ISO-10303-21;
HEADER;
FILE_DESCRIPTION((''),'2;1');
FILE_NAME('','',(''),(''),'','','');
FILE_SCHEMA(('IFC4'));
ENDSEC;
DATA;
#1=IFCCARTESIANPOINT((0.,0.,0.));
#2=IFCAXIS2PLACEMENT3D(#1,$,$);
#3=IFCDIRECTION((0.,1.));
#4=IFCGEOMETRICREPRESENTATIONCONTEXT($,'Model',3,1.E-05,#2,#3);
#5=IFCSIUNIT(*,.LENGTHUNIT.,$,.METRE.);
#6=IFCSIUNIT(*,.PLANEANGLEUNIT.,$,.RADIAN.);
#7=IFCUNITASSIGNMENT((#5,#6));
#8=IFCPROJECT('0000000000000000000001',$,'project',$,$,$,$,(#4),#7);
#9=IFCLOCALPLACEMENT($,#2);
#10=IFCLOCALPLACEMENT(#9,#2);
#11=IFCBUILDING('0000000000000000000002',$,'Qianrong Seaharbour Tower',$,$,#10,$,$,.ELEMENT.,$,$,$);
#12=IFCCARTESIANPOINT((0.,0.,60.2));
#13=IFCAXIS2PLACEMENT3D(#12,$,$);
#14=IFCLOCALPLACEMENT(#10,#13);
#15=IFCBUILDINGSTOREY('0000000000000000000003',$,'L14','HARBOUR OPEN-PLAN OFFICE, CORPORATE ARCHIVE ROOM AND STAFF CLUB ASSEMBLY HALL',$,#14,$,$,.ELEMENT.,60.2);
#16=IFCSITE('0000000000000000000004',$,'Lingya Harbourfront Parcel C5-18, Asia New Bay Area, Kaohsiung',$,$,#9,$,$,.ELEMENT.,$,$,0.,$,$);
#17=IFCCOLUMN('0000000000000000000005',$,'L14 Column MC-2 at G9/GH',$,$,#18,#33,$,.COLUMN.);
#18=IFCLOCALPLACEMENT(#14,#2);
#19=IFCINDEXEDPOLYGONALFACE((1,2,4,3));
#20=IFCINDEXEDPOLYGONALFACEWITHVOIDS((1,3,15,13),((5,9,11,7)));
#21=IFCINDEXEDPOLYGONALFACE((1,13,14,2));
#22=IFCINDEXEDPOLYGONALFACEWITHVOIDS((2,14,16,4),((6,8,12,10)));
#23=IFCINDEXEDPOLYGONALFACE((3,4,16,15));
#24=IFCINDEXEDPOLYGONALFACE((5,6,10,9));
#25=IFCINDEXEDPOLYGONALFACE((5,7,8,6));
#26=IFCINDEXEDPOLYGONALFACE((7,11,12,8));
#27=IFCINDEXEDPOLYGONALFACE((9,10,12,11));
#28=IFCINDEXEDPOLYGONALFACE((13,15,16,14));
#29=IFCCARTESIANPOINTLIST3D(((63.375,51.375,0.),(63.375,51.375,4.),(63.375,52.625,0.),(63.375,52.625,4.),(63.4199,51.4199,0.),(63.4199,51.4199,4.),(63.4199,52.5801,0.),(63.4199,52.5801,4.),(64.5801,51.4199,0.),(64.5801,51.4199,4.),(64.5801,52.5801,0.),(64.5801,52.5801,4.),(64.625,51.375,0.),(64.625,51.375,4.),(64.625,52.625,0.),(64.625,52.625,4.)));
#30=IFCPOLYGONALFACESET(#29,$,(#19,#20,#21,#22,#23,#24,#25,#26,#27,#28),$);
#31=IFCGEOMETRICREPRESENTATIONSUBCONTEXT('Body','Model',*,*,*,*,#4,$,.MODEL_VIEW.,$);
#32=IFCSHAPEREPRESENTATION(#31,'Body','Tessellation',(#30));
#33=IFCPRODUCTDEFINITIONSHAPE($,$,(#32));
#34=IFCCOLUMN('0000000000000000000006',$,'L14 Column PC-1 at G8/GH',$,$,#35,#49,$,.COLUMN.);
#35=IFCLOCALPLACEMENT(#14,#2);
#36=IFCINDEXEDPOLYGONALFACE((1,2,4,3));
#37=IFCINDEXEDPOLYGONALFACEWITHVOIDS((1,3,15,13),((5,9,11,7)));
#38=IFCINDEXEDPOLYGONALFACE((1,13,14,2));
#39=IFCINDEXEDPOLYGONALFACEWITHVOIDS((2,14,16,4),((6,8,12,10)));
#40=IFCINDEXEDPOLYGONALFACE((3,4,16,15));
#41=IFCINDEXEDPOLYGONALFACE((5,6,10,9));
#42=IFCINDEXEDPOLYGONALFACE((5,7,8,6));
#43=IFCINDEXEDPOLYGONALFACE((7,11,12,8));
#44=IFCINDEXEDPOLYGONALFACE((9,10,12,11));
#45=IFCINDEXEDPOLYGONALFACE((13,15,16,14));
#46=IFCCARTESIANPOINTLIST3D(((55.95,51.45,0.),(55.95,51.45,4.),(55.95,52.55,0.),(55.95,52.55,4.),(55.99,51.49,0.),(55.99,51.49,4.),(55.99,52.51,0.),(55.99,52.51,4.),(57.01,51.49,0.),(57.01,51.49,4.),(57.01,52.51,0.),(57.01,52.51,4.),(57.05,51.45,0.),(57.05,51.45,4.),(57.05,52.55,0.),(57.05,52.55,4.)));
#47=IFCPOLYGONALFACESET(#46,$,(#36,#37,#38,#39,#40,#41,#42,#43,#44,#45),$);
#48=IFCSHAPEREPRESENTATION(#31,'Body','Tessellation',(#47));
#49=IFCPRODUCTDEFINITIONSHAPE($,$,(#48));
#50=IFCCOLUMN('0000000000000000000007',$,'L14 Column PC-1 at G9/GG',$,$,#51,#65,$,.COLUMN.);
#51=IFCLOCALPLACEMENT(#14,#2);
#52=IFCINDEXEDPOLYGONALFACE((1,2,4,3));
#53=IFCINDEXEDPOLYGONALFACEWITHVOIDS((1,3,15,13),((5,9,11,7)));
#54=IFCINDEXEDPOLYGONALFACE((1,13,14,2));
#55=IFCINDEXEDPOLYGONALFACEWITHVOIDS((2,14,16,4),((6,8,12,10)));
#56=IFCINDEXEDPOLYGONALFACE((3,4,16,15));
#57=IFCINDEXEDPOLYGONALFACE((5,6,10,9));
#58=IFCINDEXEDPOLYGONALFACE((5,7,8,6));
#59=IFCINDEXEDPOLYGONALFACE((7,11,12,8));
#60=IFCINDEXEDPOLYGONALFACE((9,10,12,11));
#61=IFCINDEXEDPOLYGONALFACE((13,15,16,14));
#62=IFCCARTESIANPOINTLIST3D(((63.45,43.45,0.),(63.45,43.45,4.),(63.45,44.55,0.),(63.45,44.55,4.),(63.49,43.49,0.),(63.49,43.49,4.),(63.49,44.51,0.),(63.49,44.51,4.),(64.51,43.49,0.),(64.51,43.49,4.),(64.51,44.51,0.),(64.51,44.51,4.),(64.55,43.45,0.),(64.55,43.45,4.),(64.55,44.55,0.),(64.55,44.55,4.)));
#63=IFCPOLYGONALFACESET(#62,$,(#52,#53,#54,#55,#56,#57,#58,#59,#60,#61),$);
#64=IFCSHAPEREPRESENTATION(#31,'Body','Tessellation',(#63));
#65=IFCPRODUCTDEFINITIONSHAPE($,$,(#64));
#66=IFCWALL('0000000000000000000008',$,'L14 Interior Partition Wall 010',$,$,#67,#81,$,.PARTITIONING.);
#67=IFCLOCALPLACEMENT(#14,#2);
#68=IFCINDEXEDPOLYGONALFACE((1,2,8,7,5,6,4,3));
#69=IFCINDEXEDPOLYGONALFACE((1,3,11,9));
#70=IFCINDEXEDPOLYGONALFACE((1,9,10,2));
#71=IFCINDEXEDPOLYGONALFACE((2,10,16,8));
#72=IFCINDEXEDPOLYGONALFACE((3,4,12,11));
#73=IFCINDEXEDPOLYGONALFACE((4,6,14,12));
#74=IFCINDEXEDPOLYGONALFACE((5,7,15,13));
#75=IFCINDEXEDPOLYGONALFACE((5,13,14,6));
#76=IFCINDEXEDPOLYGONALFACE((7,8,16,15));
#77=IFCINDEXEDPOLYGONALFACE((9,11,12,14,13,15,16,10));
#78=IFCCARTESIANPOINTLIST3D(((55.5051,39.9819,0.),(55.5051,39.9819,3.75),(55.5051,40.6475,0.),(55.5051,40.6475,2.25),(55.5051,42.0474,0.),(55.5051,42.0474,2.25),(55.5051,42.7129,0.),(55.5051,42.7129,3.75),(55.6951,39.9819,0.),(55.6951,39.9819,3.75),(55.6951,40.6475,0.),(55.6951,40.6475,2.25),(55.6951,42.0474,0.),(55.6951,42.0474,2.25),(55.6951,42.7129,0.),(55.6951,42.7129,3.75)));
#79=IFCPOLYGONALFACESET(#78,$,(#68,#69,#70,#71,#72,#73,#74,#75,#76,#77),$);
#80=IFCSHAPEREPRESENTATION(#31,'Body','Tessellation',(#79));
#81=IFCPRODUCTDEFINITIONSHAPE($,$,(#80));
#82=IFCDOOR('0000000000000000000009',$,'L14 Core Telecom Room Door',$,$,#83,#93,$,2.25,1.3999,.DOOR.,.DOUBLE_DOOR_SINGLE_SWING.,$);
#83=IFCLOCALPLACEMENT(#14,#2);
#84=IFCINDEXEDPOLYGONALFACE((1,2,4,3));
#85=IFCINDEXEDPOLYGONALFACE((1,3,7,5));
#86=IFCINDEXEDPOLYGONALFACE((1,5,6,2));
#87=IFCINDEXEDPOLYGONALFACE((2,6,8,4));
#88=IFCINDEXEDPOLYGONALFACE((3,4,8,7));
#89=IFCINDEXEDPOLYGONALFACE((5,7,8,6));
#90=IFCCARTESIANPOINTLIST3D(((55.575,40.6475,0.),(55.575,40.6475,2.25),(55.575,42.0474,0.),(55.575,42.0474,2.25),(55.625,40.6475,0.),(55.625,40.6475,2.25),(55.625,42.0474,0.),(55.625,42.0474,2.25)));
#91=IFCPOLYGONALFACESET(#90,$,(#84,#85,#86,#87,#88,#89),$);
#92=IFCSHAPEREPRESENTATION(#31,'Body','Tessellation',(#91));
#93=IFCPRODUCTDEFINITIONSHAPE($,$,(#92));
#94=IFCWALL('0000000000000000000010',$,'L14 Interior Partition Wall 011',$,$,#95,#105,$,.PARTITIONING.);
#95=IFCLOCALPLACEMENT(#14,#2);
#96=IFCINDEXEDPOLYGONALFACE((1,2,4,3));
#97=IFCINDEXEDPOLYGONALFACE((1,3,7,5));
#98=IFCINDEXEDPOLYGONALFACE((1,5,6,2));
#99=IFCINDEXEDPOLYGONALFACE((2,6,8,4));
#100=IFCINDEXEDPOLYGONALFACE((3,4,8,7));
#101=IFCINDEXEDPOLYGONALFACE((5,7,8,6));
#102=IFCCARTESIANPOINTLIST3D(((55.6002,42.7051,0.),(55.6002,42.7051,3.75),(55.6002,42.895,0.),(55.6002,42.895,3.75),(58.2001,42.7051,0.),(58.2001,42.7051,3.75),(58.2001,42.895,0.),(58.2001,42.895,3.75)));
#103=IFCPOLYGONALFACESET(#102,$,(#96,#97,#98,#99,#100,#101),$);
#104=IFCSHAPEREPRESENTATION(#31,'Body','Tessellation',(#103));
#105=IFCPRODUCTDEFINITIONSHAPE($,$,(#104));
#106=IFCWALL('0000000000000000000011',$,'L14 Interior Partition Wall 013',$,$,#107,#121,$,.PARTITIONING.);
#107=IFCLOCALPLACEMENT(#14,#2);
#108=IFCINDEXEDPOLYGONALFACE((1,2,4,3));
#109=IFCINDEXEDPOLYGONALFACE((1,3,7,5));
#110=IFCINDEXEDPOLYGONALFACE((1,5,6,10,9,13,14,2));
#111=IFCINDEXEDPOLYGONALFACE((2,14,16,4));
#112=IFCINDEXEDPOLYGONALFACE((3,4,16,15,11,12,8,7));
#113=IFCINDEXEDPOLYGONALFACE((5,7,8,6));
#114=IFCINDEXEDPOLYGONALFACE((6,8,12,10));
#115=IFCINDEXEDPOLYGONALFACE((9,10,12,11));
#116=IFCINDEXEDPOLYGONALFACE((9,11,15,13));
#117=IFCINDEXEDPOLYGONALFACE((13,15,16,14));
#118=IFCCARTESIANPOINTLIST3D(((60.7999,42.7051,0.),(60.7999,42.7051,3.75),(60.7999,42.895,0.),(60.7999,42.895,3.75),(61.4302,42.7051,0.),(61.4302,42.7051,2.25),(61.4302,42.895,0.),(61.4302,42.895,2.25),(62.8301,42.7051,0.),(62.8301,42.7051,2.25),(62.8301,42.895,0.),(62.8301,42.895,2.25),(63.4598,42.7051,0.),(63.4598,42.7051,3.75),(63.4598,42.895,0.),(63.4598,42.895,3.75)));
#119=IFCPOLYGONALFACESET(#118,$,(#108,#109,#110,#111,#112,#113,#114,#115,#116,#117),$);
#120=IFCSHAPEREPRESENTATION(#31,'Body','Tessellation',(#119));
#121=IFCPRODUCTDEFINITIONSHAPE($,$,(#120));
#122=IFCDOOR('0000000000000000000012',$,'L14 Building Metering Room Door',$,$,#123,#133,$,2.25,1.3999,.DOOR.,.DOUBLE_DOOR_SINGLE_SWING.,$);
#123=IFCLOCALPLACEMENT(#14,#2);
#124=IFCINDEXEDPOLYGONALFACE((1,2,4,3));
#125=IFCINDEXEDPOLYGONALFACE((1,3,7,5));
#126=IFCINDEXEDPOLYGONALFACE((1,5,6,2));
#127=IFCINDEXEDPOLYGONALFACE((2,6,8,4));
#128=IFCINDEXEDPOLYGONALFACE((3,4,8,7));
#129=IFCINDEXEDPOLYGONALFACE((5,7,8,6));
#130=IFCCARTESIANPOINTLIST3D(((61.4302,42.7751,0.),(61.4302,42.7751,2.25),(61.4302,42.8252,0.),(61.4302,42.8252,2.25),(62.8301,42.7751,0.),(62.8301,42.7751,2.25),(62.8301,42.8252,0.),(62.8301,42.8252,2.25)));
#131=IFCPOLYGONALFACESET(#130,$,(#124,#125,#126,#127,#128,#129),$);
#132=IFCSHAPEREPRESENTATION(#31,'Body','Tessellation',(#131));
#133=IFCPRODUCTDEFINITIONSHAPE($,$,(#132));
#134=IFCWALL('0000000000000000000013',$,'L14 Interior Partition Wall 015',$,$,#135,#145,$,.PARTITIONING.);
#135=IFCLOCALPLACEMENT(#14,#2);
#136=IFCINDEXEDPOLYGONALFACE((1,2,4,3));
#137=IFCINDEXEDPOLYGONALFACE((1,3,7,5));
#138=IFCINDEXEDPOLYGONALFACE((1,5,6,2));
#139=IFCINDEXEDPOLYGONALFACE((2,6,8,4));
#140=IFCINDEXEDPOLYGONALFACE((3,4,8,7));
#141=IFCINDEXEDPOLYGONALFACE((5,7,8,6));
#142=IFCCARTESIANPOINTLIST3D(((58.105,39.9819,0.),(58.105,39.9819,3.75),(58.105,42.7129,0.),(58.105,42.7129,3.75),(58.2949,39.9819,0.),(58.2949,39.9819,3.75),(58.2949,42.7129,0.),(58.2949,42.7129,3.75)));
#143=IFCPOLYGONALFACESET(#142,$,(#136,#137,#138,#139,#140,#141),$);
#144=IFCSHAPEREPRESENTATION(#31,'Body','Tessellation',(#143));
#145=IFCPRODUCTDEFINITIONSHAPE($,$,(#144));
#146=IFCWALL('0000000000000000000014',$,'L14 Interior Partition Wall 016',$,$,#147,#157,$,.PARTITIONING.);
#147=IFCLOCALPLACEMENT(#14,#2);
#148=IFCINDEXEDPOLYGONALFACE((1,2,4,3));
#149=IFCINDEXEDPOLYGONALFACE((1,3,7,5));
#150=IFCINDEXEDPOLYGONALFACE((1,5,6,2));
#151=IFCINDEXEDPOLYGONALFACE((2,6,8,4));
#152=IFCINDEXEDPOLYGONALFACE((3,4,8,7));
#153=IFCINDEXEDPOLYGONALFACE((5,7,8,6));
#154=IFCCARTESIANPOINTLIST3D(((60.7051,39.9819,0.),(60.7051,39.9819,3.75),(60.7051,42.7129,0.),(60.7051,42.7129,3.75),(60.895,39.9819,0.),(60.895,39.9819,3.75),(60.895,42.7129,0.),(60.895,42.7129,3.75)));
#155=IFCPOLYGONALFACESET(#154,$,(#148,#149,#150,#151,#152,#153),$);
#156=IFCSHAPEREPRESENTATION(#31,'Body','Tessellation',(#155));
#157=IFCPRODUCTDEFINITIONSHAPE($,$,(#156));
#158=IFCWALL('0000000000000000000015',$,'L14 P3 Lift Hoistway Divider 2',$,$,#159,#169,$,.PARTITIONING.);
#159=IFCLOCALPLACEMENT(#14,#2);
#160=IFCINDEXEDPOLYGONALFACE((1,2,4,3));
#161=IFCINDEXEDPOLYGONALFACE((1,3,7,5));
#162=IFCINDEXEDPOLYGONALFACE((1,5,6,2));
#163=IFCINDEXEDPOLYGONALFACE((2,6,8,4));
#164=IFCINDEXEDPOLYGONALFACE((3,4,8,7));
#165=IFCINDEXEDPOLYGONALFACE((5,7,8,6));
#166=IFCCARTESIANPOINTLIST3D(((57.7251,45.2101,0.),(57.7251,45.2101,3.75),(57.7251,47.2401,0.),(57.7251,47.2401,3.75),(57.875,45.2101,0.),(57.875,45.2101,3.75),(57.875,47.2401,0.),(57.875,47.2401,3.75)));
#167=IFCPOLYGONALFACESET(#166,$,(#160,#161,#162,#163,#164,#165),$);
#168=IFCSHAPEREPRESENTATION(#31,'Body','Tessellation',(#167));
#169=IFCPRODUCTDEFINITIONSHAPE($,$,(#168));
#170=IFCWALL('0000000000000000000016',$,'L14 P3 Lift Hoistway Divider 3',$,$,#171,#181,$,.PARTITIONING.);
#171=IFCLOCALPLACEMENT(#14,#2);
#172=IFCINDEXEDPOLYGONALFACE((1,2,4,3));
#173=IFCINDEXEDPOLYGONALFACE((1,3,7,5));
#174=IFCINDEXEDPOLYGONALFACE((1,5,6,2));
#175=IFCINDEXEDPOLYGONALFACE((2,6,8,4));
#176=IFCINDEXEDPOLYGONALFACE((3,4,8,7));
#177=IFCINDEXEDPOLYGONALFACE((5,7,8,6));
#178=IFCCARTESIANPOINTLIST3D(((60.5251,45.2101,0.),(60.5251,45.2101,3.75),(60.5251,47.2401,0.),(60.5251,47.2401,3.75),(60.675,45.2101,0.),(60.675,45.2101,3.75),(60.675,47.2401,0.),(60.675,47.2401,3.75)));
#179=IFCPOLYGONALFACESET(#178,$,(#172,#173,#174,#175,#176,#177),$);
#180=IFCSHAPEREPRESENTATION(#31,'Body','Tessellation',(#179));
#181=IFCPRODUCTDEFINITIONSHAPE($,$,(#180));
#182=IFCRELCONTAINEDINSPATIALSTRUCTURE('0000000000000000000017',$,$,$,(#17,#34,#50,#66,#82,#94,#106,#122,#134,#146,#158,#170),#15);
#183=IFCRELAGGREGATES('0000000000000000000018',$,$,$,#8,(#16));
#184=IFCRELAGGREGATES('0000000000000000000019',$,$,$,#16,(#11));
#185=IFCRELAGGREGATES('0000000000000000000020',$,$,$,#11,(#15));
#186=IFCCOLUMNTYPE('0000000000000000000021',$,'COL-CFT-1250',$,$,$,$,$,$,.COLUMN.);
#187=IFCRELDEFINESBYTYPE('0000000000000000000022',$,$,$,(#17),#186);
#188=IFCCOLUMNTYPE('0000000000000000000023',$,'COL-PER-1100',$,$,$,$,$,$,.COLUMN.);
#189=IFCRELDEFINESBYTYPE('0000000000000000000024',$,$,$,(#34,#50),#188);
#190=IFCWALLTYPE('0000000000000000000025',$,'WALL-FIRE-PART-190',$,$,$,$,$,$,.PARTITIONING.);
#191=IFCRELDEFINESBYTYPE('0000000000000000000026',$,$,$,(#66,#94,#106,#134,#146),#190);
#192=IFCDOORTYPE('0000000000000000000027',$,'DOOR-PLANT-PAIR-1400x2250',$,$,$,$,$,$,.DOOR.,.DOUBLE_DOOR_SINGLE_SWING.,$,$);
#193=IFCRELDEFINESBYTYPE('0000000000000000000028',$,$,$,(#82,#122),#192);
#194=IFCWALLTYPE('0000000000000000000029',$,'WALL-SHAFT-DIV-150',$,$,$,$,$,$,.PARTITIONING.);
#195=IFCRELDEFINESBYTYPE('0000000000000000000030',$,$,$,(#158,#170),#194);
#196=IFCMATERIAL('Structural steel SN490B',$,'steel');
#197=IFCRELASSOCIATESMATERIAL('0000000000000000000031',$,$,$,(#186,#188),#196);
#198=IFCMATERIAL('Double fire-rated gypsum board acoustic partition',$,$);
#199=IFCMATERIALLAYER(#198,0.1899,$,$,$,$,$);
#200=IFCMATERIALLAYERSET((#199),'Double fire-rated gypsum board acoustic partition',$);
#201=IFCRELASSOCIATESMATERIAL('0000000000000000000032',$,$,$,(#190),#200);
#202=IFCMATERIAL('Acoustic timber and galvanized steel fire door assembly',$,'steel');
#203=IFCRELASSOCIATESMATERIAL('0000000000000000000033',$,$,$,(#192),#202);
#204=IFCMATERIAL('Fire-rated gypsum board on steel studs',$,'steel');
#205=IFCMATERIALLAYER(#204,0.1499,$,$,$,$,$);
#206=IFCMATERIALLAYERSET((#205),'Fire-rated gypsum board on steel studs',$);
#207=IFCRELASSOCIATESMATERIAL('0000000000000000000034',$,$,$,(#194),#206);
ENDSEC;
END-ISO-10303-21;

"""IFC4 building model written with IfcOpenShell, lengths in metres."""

from ifc_helpers import new_model, si_unit, direction, frame, frame_2d, origin, origin_2d, place, context, subcontext, project, spatial, rectangle, hollow_rectangle, extrude, material, layer, layer_set, material_profile, profile_set, type_object, element, fill, save


model = new_model("IFC4")

# Units and contexts
model_context = context("Model", 3, precision=1e-05, world=origin(), true_north=direction((0.0, 1.0)))
body_context = subcontext(model_context, "Body", "Model", "MODEL_VIEW")
ifc_project = project(units=[si_unit("LENGTHUNIT", "METRE"), si_unit("PLANEANGLEUNIT", "RADIAN")], contexts=[model_context])

# Site, building, storey
site_placement = place(None, origin())
site = spatial("IfcSite", under=ifc_project, at=site_placement, Name="Lingya Harbourfront Parcel C5-18, Asia New Bay Area, Kaohsiung", CompositionType="ELEMENT", RefElevation=0.0)
building_placement = place(site_placement, origin())
building = spatial("IfcBuilding", under=site, at=building_placement, Name="Qianrong Seaharbour Tower", CompositionType="ELEMENT")
storey_placement = place(building_placement, frame((0.0, 0.0, 60.2)))
storey = spatial("IfcBuildingStorey", under=building, at=storey_placement, Name="L14", Description="HARBOUR OPEN-PLAN OFFICE, CORPORATE ARCHIVE ROOM AND STAFF CLUB ASSEMBLY HALL", CompositionType="ELEMENT", Elevation=60.2)

# Columns
ifc_material_1 = material(Name="Structural steel SN490B", Category="steel")
ifc_material_profile_1 = material_profile(ifc_material_1, hollow_rectangle(XDim=1.25, YDim=1.25, WallThickness=0.0449, at=origin_2d()), Name="BOX1250x1250x45")
ifc_profile_set_1 = profile_set([ifc_material_profile_1], Name="Structural steel SN490B")
column_type_1 = type_object("IfcColumnType", Name="COL-CFT-1250", PredefinedType="COLUMN", material=ifc_profile_set_1)
column_placement = place(storey_placement, frame((64.0, 52.0, 0.0), z_axis=(0.0, 0.0, 1.0), x_axis=(1.0, 0.0, 0.0)))
element("IfcColumn", 1, at=column_placement, inside=storey, type_object=column_type_1, Name="L14 Column MC-2 at G9/GH", PredefinedType="COLUMN", context=body_context, shape_type="SweptSolid", body=[
    extrude(hollow_rectangle(XDim=1.25, YDim=1.25, WallThickness=0.0449, at=origin_2d()), origin(), (0.0, 0.0, 1.0), 4.0),
])
ifc_material_profile_2 = material_profile(ifc_material_1, hollow_rectangle(XDim=1.1001, YDim=1.1001, WallThickness=0.04, at=origin_2d()), Name="BOX1100x1100x40")
ifc_profile_set_2 = profile_set([ifc_material_profile_2], Name="Structural steel SN490B")
column_type_2 = type_object("IfcColumnType", Name="COL-PER-1100", PredefinedType="COLUMN", material=ifc_profile_set_2)
for number, where, z_axis, x_axis, name in (
    (2, (56.5, 52.0, 0.0), (0.0, 0.0, 1.0), (1.0, 0.0, 0.0), "L14 Column PC-1 at G8/GH"),
    (3, (64.0, 44.0, 0.0), (0.0, 0.0, 1.0), (1.0, 0.0, 0.0), "L14 Column PC-1 at G9/GG"),
):
    element("IfcColumn", number, at=place(storey_placement, frame(where, z_axis=z_axis, x_axis=x_axis)), inside=storey, type_object=column_type_2, Name=name, PredefinedType="COLUMN", context=body_context, shape_type="SweptSolid", body=[
        extrude(hollow_rectangle(XDim=1.1001, YDim=1.1001, WallThickness=0.04, at=origin_2d()), origin(), (0.0, 0.0, 1.0), 4.0),
    ])

# Wall, opening, door
ifc_material_2 = material(Name="Acoustic timber and galvanized steel fire door assembly", Category="steel")
ifc_material_3 = material(Name="Double fire-rated gypsum board acoustic partition")
ifc_layer_1 = layer(ifc_material_3, 0.1899)
ifc_layer_set_1 = layer_set([ifc_layer_1], Name="Double fire-rated gypsum board acoustic partition")
wall_type_1 = type_object("IfcWallType", Name="WALL-FIRE-PART-190", PredefinedType="PARTITIONING", material=ifc_layer_set_1)
wall_1_placement = place(storey_placement, frame((55.6001, 42.7129, 0.0), z_axis=(0.0, 0.0, 1.0), x_axis=(0.0, -1.0, 0.0)))
wall_1 = element("IfcWall", 4, at=wall_1_placement, inside=storey, type_object=wall_type_1, Name="L14 Interior Partition Wall 010", PredefinedType="PARTITIONING", context=body_context, shape_type="SweptSolid", body=[
    extrude(rectangle(XDim=2.731, YDim=0.1899, at=frame_2d((1.3655, 0.0))), origin(), (0.0, 0.0, 1.0), 3.75),
])
opening_1_placement = place(wall_1_placement, frame((0.6655, 0.0, 0.0)))
opening_1 = element("IfcOpeningElement", 5, at=opening_1_placement, cuts=wall_1, PredefinedType="OPENING", context=body_context, shape_type="SweptSolid", body=[
    extrude(rectangle(XDim=1.3999, YDim=2.25, at=frame_2d((0.7, 1.125))), frame((0.0, 0.105, 0.0), z_axis=(0.0, -1.0, 0.0), x_axis=(1.0, 0.0, 0.0)), (0.0, 0.0, 1.0), 0.21),
])
door_type_1 = type_object("IfcDoorType", Name="DOOR-PLANT-PAIR-1400x2250", OperationType="DOUBLE_DOOR_SINGLE_SWING", PredefinedType="DOOR", material=ifc_material_2)
door_1_placement = place(opening_1_placement, origin())
door_1 = element("IfcDoor", 6, at=door_1_placement, inside=storey, type_object=door_type_1, Name="L14 Core Telecom Room Door", OperationType="DOUBLE_DOOR_SINGLE_SWING", OverallHeight=2.25, OverallWidth=1.3999, PredefinedType="DOOR", context=body_context, shape_type="SweptSolid", body=[
    extrude(rectangle(XDim=1.3999, YDim=2.25, at=frame_2d((0.7, 1.125))), frame((0.0, 0.0249, 0.0), z_axis=(0.0, -1.0, 0.0), x_axis=(1.0, 0.0, 0.0)), (0.0, 0.0, 1.0), 0.05),
])
fill(opening_1, door_1)

# Wall
wall_2_placement = place(storey_placement, frame((58.2, 42.8, 0.0), z_axis=(0.0, 0.0, 1.0), x_axis=(-1.0, 0.0, 0.0)))
element("IfcWall", 7, at=wall_2_placement, inside=storey, type_object=wall_type_1, Name="L14 Interior Partition Wall 011", PredefinedType="PARTITIONING", context=body_context, shape_type="SweptSolid", body=[
    extrude(rectangle(XDim=2.5999, YDim=0.1899, at=frame_2d((1.2998, 0.0))), origin(), (0.0, 0.0, 1.0), 3.75),
])

# Wall, opening, door
wall_3_placement = place(storey_placement, frame((63.46, 42.8, 0.0), z_axis=(0.0, 0.0, 1.0), x_axis=(-1.0, 0.0, 0.0)))
wall_3 = element("IfcWall", 8, at=wall_3_placement, inside=storey, type_object=wall_type_1, Name="L14 Interior Partition Wall 013", PredefinedType="PARTITIONING", context=body_context, shape_type="SweptSolid", body=[
    extrude(rectangle(XDim=2.6599, YDim=0.1899, at=frame_2d((1.3301, 0.0))), origin(), (0.0, 0.0, 1.0), 3.75),
])
opening_2_placement = place(wall_3_placement, frame((0.6299, 0.0, 0.0)))
opening_2 = element("IfcOpeningElement", 9, at=opening_2_placement, cuts=wall_3, PredefinedType="OPENING", context=body_context, shape_type="SweptSolid", body=[
    extrude(rectangle(XDim=1.3999, YDim=2.25, at=frame_2d((0.7, 1.125))), frame((0.0, 0.105, 0.0), z_axis=(0.0, -1.0, 0.0), x_axis=(1.0, 0.0, 0.0)), (0.0, 0.0, 1.0), 0.21),
])
door_2_placement = place(opening_2_placement, origin())
door_2 = element("IfcDoor", 10, at=door_2_placement, inside=storey, type_object=door_type_1, Name="L14 Building Metering Room Door", OperationType="DOUBLE_DOOR_SINGLE_SWING", OverallHeight=2.25, OverallWidth=1.3999, PredefinedType="DOOR", context=body_context, shape_type="SweptSolid", body=[
    extrude(rectangle(XDim=1.3999, YDim=2.25, at=frame_2d((0.7, 1.125))), frame((0.0, 0.0249, 0.0), z_axis=(0.0, -1.0, 0.0), x_axis=(1.0, 0.0, 0.0)), (0.0, 0.0, 1.0), 0.05),
])
fill(opening_2, door_2)

# Walls
for number, where, z_axis, x_axis, name in (
    (11, (58.2, 42.7129, 0.0), (0.0, 0.0, 1.0), (0.0, -1.0, 0.0), "L14 Interior Partition Wall 015"),
    (12, (60.8, 42.7129, 0.0), (0.0, 0.0, 1.0), (0.0, -1.0, 0.0), "L14 Interior Partition Wall 016"),
):
    element("IfcWall", number, at=place(storey_placement, frame(where, z_axis=z_axis, x_axis=x_axis)), inside=storey, type_object=wall_type_1, Name=name, PredefinedType="PARTITIONING", context=body_context, shape_type="SweptSolid", body=[
        extrude(rectangle(XDim=2.731, YDim=0.1899, at=frame_2d((1.3655, 0.0))), origin(), (0.0, 0.0, 1.0), 3.75),
    ])
ifc_material_4 = material(Name="Fire-rated gypsum board on steel studs", Category="steel")
ifc_layer_2 = layer(ifc_material_4, 0.1499)
ifc_layer_set_2 = layer_set([ifc_layer_2], Name="Fire-rated gypsum board on steel studs")
wall_type_2 = type_object("IfcWallType", Name="WALL-SHAFT-DIV-150", PredefinedType="PARTITIONING", material=ifc_layer_set_2)
for number, where, z_axis, x_axis, name in (
    (13, (57.8, 45.21, 0.0), (0.0, 0.0, 1.0), (0.0, 1.0, 0.0), "L14 P3 Lift Hoistway Divider 2"),
    (14, (60.6001, 45.21, 0.0), (0.0, 0.0, 1.0), (0.0, 1.0, 0.0), "L14 P3 Lift Hoistway Divider 3"),
):
    element("IfcWall", number, at=place(storey_placement, frame(where, z_axis=z_axis, x_axis=x_axis)), inside=storey, type_object=wall_type_2, Name=name, PredefinedType="PARTITIONING", context=body_context, shape_type="SweptSolid", body=[
        extrude(rectangle(XDim=2.03, YDim=0.1499, at=frame_2d((1.0151, 0.0))), origin(), (0.0, 0.0, 1.0), 3.75),
    ])

save(model, "model.ifc")
